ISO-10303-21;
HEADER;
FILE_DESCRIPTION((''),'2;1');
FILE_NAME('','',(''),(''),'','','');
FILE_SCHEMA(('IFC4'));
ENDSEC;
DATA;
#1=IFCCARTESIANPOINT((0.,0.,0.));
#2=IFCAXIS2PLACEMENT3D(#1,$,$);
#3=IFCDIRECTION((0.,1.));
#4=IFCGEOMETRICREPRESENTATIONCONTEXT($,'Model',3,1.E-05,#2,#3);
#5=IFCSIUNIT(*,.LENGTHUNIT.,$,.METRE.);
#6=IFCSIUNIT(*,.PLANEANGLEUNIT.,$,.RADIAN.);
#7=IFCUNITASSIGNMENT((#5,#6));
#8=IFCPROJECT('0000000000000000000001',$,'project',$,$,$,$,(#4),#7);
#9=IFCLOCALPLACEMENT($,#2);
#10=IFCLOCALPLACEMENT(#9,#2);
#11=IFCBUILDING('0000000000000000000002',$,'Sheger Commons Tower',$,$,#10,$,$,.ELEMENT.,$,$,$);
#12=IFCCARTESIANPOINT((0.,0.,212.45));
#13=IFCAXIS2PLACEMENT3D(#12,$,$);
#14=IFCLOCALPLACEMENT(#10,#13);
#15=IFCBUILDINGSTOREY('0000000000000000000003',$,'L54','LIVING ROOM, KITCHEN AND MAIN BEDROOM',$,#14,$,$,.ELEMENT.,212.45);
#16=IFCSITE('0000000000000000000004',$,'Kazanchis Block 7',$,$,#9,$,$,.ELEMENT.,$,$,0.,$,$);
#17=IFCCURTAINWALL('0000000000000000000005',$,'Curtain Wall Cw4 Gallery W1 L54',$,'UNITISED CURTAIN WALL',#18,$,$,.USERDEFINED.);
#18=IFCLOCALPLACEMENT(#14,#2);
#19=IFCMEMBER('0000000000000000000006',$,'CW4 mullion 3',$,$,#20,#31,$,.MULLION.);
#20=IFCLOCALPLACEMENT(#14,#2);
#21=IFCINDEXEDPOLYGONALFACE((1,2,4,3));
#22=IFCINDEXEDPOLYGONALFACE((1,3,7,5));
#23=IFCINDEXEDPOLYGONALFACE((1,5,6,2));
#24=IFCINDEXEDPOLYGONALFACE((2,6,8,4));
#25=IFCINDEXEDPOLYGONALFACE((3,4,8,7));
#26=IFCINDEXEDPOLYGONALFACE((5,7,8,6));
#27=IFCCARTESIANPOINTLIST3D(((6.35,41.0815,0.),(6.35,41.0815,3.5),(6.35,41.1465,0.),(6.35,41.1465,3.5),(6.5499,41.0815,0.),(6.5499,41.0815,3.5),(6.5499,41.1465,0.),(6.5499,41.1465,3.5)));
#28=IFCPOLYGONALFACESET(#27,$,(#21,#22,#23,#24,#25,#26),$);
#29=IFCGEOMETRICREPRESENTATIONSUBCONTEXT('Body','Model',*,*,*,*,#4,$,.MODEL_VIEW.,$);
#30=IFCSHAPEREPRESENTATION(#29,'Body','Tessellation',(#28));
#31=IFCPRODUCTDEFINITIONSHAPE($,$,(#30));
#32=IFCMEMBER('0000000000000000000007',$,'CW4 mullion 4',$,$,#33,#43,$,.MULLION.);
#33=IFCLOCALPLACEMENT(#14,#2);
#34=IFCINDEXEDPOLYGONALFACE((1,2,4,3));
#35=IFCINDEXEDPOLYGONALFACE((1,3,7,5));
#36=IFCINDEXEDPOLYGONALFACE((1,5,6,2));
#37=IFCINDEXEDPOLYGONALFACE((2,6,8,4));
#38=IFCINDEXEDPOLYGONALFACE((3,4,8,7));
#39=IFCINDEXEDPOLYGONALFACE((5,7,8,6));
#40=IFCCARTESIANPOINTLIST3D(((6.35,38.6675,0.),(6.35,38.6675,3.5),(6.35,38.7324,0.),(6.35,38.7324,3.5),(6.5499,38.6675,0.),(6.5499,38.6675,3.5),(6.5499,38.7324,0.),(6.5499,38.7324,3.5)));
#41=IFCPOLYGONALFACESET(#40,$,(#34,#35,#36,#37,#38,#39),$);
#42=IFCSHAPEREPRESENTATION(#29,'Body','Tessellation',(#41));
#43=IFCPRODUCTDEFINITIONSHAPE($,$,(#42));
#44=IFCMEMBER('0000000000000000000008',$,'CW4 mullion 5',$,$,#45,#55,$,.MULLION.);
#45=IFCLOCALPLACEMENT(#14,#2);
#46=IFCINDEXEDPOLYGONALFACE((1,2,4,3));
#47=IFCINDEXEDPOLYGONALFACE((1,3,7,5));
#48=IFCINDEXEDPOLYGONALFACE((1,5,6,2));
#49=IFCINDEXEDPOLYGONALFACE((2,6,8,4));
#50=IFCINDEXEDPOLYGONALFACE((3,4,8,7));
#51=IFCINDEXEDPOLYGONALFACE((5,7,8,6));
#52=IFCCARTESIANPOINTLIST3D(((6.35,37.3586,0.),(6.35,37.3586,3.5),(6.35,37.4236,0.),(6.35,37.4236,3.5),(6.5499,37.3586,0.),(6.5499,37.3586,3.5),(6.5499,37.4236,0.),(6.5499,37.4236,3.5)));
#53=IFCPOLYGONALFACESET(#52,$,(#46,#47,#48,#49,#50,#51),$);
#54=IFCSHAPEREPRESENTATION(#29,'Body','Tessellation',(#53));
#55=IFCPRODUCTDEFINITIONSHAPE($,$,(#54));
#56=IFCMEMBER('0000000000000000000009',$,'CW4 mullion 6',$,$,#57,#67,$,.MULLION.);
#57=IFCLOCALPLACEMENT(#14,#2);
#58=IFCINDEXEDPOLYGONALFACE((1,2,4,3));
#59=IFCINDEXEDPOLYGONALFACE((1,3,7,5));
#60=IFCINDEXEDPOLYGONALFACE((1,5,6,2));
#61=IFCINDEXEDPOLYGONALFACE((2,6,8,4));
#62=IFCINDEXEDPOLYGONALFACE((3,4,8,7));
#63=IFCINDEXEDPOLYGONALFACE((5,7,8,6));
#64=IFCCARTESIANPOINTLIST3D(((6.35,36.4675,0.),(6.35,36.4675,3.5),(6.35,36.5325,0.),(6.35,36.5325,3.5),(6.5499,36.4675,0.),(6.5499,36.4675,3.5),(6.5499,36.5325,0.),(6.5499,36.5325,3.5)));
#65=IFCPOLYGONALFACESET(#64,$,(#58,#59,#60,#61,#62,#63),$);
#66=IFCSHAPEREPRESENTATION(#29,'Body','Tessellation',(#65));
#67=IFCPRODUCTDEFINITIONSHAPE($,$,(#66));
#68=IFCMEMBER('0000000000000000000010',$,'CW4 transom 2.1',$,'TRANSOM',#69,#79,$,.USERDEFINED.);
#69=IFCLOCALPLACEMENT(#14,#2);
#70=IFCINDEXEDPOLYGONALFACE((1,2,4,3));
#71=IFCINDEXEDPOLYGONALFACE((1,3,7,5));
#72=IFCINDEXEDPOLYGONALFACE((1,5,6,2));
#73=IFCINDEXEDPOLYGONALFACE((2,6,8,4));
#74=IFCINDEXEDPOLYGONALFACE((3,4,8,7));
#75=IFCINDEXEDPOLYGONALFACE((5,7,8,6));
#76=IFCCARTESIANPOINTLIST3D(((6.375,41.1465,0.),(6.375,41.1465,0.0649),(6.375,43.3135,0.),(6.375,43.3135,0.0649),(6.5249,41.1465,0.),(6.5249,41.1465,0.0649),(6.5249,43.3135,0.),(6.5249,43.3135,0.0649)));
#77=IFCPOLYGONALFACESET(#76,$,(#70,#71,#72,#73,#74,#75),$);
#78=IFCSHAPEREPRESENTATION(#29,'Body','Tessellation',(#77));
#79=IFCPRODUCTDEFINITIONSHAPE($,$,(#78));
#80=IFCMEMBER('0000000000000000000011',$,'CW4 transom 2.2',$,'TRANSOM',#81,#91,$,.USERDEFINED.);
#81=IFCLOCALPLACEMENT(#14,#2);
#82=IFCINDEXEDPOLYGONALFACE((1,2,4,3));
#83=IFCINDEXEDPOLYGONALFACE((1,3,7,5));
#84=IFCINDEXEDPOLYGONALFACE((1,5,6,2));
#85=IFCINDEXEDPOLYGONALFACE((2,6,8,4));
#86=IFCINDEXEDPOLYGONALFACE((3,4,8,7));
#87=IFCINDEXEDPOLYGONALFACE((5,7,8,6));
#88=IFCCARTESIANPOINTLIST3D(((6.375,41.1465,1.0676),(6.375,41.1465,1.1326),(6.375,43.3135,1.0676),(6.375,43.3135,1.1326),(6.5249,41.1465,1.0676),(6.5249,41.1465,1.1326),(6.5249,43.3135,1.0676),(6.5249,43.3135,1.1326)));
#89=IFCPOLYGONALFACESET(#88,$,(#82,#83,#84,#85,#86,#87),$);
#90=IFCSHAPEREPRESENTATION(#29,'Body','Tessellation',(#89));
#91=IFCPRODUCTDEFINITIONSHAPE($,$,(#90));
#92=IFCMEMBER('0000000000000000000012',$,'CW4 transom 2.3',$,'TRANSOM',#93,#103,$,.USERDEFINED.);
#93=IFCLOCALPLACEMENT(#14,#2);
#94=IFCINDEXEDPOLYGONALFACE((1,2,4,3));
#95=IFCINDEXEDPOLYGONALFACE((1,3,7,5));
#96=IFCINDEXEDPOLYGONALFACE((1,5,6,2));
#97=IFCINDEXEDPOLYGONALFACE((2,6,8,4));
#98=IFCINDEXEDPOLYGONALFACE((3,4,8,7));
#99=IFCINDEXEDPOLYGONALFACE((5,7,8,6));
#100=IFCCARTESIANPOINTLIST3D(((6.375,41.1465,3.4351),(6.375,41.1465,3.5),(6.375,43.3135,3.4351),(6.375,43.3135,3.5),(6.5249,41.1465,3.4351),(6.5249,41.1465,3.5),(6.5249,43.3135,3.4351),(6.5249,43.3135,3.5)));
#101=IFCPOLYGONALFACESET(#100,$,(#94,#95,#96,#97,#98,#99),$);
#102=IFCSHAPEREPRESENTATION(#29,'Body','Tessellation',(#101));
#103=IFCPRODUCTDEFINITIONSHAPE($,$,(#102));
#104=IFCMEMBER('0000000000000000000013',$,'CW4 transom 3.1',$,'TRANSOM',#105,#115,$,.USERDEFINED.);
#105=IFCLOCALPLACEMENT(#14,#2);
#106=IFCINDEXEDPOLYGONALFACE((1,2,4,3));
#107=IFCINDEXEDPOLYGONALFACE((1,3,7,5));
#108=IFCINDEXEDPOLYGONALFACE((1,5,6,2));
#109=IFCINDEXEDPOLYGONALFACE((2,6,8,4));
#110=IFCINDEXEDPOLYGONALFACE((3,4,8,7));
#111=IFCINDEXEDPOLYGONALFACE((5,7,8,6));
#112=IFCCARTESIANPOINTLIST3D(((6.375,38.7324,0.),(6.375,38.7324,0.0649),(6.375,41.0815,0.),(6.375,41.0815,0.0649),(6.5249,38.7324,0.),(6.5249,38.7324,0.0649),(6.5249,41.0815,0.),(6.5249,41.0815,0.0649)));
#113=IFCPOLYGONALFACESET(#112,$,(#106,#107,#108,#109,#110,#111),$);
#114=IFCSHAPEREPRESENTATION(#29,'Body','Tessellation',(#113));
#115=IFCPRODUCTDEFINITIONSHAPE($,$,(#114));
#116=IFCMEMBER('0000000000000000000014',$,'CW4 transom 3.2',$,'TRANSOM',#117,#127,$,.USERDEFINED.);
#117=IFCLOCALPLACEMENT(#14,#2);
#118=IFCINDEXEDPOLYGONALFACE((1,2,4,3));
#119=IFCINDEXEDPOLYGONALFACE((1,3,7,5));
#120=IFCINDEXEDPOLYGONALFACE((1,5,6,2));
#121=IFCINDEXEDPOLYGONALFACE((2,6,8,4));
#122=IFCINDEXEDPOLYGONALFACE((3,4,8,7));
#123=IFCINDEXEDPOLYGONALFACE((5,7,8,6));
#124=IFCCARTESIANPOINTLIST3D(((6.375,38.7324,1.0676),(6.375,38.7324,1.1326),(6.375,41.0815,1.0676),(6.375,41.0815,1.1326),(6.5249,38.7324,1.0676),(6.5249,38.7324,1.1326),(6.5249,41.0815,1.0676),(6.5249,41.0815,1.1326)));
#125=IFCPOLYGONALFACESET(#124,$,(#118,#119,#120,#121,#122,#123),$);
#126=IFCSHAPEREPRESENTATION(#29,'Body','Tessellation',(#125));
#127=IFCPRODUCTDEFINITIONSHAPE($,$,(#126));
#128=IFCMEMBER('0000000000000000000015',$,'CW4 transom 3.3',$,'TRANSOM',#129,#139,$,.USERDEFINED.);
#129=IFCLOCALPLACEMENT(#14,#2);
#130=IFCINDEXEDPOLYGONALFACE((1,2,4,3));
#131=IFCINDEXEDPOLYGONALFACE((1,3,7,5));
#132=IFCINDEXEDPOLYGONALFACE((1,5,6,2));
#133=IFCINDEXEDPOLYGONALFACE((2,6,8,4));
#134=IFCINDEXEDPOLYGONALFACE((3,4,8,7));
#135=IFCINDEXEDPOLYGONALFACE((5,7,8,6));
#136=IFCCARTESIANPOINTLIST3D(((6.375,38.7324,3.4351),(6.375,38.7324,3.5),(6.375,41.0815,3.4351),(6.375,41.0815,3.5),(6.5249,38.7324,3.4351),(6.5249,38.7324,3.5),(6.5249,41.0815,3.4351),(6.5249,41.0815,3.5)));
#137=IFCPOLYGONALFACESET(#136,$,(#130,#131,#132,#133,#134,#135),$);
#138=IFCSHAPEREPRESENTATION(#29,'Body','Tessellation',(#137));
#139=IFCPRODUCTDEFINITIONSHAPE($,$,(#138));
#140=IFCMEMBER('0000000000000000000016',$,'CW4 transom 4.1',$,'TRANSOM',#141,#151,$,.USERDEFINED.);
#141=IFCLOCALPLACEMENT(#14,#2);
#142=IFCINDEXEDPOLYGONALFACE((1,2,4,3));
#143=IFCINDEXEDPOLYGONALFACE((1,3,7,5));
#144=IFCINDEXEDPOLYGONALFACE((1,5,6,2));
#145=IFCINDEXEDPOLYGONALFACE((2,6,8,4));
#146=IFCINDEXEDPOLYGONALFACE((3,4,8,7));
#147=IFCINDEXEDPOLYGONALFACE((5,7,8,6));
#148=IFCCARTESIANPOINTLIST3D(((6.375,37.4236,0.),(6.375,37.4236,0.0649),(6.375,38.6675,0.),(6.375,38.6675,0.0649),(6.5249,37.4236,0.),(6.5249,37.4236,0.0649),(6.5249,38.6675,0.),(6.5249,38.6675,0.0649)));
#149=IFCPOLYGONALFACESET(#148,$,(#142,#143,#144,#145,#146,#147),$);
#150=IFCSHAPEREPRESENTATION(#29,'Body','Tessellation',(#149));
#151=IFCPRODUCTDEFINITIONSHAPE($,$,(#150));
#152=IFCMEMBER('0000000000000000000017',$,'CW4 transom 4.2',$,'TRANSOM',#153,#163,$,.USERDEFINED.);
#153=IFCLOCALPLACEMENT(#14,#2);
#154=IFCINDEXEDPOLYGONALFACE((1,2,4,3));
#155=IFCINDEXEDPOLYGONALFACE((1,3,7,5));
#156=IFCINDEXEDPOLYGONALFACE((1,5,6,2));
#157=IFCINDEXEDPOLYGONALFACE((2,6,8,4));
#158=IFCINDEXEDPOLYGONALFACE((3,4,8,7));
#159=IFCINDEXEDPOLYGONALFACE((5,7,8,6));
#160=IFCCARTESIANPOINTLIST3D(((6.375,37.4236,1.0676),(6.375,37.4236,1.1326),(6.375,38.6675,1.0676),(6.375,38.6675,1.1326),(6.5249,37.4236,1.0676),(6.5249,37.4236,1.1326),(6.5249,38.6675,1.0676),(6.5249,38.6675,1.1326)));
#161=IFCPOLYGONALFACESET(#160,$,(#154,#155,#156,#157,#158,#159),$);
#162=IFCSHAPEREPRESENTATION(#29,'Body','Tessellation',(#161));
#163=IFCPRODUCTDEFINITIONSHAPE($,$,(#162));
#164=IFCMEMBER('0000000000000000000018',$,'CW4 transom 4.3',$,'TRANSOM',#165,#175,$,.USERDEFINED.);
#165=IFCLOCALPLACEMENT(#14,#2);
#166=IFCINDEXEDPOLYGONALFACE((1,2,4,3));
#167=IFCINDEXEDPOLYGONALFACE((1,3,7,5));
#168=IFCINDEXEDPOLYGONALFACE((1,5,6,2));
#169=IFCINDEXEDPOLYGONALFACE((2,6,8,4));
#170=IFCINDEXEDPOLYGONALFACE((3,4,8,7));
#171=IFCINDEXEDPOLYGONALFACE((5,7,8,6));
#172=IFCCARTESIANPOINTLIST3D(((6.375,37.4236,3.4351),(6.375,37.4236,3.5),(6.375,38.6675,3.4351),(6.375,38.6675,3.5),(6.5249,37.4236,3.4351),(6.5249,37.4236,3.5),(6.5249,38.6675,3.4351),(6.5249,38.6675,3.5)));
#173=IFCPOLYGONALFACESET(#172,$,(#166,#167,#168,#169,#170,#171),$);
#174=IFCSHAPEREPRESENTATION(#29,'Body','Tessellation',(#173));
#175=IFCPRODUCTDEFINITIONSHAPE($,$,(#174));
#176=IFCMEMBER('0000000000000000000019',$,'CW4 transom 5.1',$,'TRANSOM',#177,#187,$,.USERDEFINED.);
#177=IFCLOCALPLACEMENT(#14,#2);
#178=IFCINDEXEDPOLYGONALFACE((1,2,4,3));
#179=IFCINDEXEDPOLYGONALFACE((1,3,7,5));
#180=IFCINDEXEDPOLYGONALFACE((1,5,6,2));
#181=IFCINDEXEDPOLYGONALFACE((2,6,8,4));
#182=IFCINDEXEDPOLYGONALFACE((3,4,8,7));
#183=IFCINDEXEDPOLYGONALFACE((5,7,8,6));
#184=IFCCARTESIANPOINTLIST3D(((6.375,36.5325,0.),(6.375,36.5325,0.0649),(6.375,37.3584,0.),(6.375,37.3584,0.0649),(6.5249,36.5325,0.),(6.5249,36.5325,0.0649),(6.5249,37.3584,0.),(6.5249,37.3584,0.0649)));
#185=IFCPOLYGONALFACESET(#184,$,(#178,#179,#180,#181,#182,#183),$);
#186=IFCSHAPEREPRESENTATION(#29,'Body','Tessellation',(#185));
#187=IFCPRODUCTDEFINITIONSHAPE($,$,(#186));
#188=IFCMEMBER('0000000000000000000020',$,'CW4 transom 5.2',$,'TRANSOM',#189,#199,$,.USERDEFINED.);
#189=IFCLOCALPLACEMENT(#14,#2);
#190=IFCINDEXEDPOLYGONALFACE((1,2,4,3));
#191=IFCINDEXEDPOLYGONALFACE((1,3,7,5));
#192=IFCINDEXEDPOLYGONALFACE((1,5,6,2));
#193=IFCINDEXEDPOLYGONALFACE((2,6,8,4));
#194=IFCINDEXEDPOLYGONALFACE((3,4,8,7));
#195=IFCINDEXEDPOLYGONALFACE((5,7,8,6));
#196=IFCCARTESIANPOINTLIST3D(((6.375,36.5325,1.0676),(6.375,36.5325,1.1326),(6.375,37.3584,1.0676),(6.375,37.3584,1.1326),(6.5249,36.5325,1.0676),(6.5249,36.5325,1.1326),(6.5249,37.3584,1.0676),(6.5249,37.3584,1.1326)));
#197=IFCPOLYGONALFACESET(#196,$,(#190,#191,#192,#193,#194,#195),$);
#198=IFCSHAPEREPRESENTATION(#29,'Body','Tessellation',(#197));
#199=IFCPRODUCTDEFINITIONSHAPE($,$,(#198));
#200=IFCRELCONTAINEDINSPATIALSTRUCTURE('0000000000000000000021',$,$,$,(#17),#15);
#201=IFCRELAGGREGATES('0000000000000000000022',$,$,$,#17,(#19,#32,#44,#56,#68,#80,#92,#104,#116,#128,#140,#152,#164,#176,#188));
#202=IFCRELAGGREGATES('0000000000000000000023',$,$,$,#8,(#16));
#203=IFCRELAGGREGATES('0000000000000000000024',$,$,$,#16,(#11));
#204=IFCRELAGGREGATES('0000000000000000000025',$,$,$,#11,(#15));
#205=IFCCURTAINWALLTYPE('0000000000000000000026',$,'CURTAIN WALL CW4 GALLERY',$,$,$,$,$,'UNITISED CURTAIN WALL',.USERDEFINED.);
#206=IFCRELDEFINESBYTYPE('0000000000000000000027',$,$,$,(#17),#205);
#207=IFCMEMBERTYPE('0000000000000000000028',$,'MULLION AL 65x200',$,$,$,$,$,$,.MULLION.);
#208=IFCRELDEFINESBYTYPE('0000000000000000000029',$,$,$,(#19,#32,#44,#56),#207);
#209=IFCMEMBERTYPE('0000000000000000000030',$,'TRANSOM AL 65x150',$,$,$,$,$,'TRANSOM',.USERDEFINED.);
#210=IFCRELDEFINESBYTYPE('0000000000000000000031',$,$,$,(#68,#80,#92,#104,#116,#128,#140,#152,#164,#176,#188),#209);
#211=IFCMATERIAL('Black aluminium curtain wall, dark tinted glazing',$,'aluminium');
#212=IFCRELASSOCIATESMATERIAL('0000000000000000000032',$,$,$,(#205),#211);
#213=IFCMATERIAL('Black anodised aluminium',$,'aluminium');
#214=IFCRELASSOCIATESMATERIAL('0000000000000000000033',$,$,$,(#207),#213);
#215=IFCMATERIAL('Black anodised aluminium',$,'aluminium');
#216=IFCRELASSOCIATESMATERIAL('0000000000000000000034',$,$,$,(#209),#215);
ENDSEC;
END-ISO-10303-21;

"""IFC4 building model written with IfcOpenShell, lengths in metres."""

from ifc_helpers import new_model, si_unit, direction, frame, origin, origin_2d, place, context, subcontext, project, spatial, rectangle, extrude, material, material_profile, profile_set, type_object, element, aggregate, save


model = new_model("IFC4")

# Units and contexts
model_context = context("Model", 3, precision=1e-05, world=origin(), true_north=direction((0.0, 1.0)))
body_context = subcontext(model_context, "Body", "Model", "MODEL_VIEW")
ifc_project = project(units=[si_unit("LENGTHUNIT", "METRE"), si_unit("PLANEANGLEUNIT", "RADIAN")], contexts=[model_context])

# Site, building, storey
site_placement = place(None, origin())
site = spatial("IfcSite", under=ifc_project, at=site_placement, Name="Kazanchis Block 7", CompositionType="ELEMENT", RefElevation=0.0)
building_placement = place(site_placement, origin())
building = spatial("IfcBuilding", under=site, at=building_placement, Name="Sheger Commons Tower", CompositionType="ELEMENT")
storey_placement = place(building_placement, frame((0.0, 0.0, 212.45)))
storey = spatial("IfcBuildingStorey", under=building, at=storey_placement, Name="L54", Description="LIVING ROOM, KITCHEN AND MAIN BEDROOM", CompositionType="ELEMENT", Elevation=212.45)

# Curtain wall, members
ifc_material_1 = material(Name="Black aluminium curtain wall, dark tinted glazing", Category="aluminium")
curtain_wall_type = type_object("IfcCurtainWallType", Name="CURTAIN WALL CW4 GALLERY", ElementType="UNITISED CURTAIN WALL", PredefinedType="USERDEFINED", material=ifc_material_1)
curtain_wall_placement = place(storey_placement, origin())
curtain_wall = element("IfcCurtainWall", 1, at=curtain_wall_placement, inside=storey, type_object=curtain_wall_type, Name="Curtain Wall Cw4 Gallery W1 L54", ObjectType="UNITISED CURTAIN WALL", PredefinedType="USERDEFINED")
ifc_material_2 = material(Name="Black anodised aluminium", Category="aluminium")
ifc_material_profile_1 = material_profile(ifc_material_2, rectangle(XDim=0.2, YDim=0.0649, at=origin_2d()), Name="AL 65x200")
ifc_profile_set_1 = profile_set([ifc_material_profile_1], Name="Black anodised aluminium")
member_type_1 = type_object("IfcMemberType", Name="MULLION AL 65x200", PredefinedType="MULLION", material=ifc_profile_set_1)
member_1_placement = place(storey_placement, frame((6.45, 41.114, 0.0), z_axis=(0.0, 0.0, 1.0), x_axis=(1.0, 0.0, 0.0)))
member_1 = element("IfcMember", 2, at=member_1_placement, type_object=member_type_1, Name="CW4 mullion 3", PredefinedType="MULLION", context=body_context, shape_type="SweptSolid", body=[
    extrude(rectangle(XDim=0.2, YDim=0.0649, at=origin_2d()), origin(), (0.0, 0.0, 1.0), 3.5),
])
member_2_placement = place(storey_placement, frame((6.45, 38.7, 0.0), z_axis=(0.0, 0.0, 1.0), x_axis=(1.0, 0.0, 0.0)))
member_2 = element("IfcMember", 3, at=member_2_placement, type_object=member_type_1, Name="CW4 mullion 4", PredefinedType="MULLION", context=body_context, shape_type="SweptSolid", body=[
    extrude(rectangle(XDim=0.2, YDim=0.0649, at=origin_2d()), origin(), (0.0, 0.0, 1.0), 3.5),
])
member_3_placement = place(storey_placement, frame((6.45, 37.3911, 0.0), z_axis=(0.0, 0.0, 1.0), x_axis=(1.0, 0.0, 0.0)))
member_3 = element("IfcMember", 4, at=member_3_placement, type_object=member_type_1, Name="CW4 mullion 5", PredefinedType="MULLION", context=body_context, shape_type="SweptSolid", body=[
    extrude(rectangle(XDim=0.2, YDim=0.0649, at=origin_2d()), origin(), (0.0, 0.0, 1.0), 3.5),
])
member_4_placement = place(storey_placement, frame((6.45, 36.5, 0.0), z_axis=(0.0, 0.0, 1.0), x_axis=(1.0, 0.0, 0.0)))
member_4 = element("IfcMember", 5, at=member_4_placement, type_object=member_type_1, Name="CW4 mullion 6", PredefinedType="MULLION", context=body_context, shape_type="SweptSolid", body=[
    extrude(rectangle(XDim=0.2, YDim=0.0649, at=origin_2d()), origin(), (0.0, 0.0, 1.0), 3.5),
])
ifc_material_3 = material(Name="Black anodised aluminium", Category="aluminium")
ifc_material_profile_2 = material_profile(ifc_material_3, rectangle(XDim=0.1499, YDim=0.0649, at=origin_2d()), Name="AL 65x150")
ifc_profile_set_2 = profile_set([ifc_material_profile_2], Name="Black anodised aluminium")
member_type_2 = type_object("IfcMemberType", Name="TRANSOM AL 65x150", ElementType="TRANSOM", PredefinedType="USERDEFINED", material=ifc_profile_set_2)
member_5_placement = place(storey_placement, frame((6.45, 43.3135, 0.0325), z_axis=(0.0, -1.0, 0.0), x_axis=(1.0, 0.0, 0.0)))
member_5 = element("IfcMember", 6, at=member_5_placement, type_object=member_type_2, Name="CW4 transom 2.1", ObjectType="TRANSOM", PredefinedType="USERDEFINED", context=body_context, shape_type="SweptSolid", body=[
    extrude(rectangle(XDim=0.1499, YDim=0.0649, at=origin_2d()), origin(), (0.0, 0.0, 1.0), 2.167),
])
member_6_placement = place(storey_placement, frame((6.45, 43.3135, 1.1001), z_axis=(0.0, -1.0, 0.0), x_axis=(1.0, 0.0, 0.0)))
member_6 = element("IfcMember", 7, at=member_6_placement, type_object=member_type_2, Name="CW4 transom 2.2", ObjectType="TRANSOM", PredefinedType="USERDEFINED", context=body_context, shape_type="SweptSolid", body=[
    extrude(rectangle(XDim=0.1499, YDim=0.0649, at=origin_2d()), origin(), (0.0, 0.0, 1.0), 2.167),
])
member_7_placement = place(storey_placement, frame((6.45, 43.3135, 3.4675), z_axis=(0.0, -1.0, 0.0), x_axis=(1.0, 0.0, 0.0)))
member_7 = element("IfcMember", 8, at=member_7_placement, type_object=member_type_2, Name="CW4 transom 2.3", ObjectType="TRANSOM", PredefinedType="USERDEFINED", context=body_context, shape_type="SweptSolid", body=[
    extrude(rectangle(XDim=0.1499, YDim=0.0649, at=origin_2d()), origin(), (0.0, 0.0, 1.0), 2.167),
])
member_8_placement = place(storey_placement, frame((6.45, 41.0815, 0.0325), z_axis=(0.0, -1.0, 0.0), x_axis=(1.0, 0.0, 0.0)))
member_8 = element("IfcMember", 9, at=member_8_placement, type_object=member_type_2, Name="CW4 transom 3.1", ObjectType="TRANSOM", PredefinedType="USERDEFINED", context=body_context, shape_type="SweptSolid", body=[
    extrude(rectangle(XDim=0.1499, YDim=0.0649, at=origin_2d()), origin(), (0.0, 0.0, 1.0), 2.3491),
])
member_9_placement = place(storey_placement, frame((6.45, 41.0815, 1.1001), z_axis=(0.0, -1.0, 0.0), x_axis=(1.0, 0.0, 0.0)))
member_9 = element("IfcMember", 10, at=member_9_placement, type_object=member_type_2, Name="CW4 transom 3.2", ObjectType="TRANSOM", PredefinedType="USERDEFINED", context=body_context, shape_type="SweptSolid", body=[
    extrude(rectangle(XDim=0.1499, YDim=0.0649, at=origin_2d()), origin(), (0.0, 0.0, 1.0), 2.3491),
])
member_10_placement = place(storey_placement, frame((6.45, 41.0815, 3.4675), z_axis=(0.0, -1.0, 0.0), x_axis=(1.0, 0.0, 0.0)))
member_10 = element("IfcMember", 11, at=member_10_placement, type_object=member_type_2, Name="CW4 transom 3.3", ObjectType="TRANSOM", PredefinedType="USERDEFINED", context=body_context, shape_type="SweptSolid", body=[
    extrude(rectangle(XDim=0.1499, YDim=0.0649, at=origin_2d()), origin(), (0.0, 0.0, 1.0), 2.3491),
])
member_11_placement = place(storey_placement, frame((6.45, 38.6675, 0.0325), z_axis=(0.0, -1.0, 0.0), x_axis=(1.0, 0.0, 0.0)))
member_11 = element("IfcMember", 12, at=member_11_placement, type_object=member_type_2, Name="CW4 transom 4.1", ObjectType="TRANSOM", PredefinedType="USERDEFINED", context=body_context, shape_type="SweptSolid", body=[
    extrude(rectangle(XDim=0.1499, YDim=0.0649, at=origin_2d()), origin(), (0.0, 0.0, 1.0), 1.2439),
])
member_12_placement = place(storey_placement, frame((6.45, 38.6675, 1.1001), z_axis=(0.0, -1.0, 0.0), x_axis=(1.0, 0.0, 0.0)))
member_12 = element("IfcMember", 13, at=member_12_placement, type_object=member_type_2, Name="CW4 transom 4.2", ObjectType="TRANSOM", PredefinedType="USERDEFINED", context=body_context, shape_type="SweptSolid", body=[
    extrude(rectangle(XDim=0.1499, YDim=0.0649, at=origin_2d()), origin(), (0.0, 0.0, 1.0), 1.2439),
])
member_13_placement = place(storey_placement, frame((6.45, 38.6675, 3.4675), z_axis=(0.0, -1.0, 0.0), x_axis=(1.0, 0.0, 0.0)))
member_13 = element("IfcMember", 14, at=member_13_placement, type_object=member_type_2, Name="CW4 transom 4.3", ObjectType="TRANSOM", PredefinedType="USERDEFINED", context=body_context, shape_type="SweptSolid", body=[
    extrude(rectangle(XDim=0.1499, YDim=0.0649, at=origin_2d()), origin(), (0.0, 0.0, 1.0), 1.2439),
])
member_14_placement = place(storey_placement, frame((6.45, 37.3584, 0.0325), z_axis=(0.0, -1.0, 0.0), x_axis=(1.0, 0.0, 0.0)))
member_14 = element("IfcMember", 15, at=member_14_placement, type_object=member_type_2, Name="CW4 transom 5.1", ObjectType="TRANSOM", PredefinedType="USERDEFINED", context=body_context, shape_type="SweptSolid", body=[
    extrude(rectangle(XDim=0.1499, YDim=0.0649, at=origin_2d()), origin(), (0.0, 0.0, 1.0), 0.8259),
])
member_15_placement = place(storey_placement, frame((6.45, 37.3584, 1.1001), z_axis=(0.0, -1.0, 0.0), x_axis=(1.0, 0.0, 0.0)))
member_15 = element("IfcMember", 16, at=member_15_placement, type_object=member_type_2, Name="CW4 transom 5.2", ObjectType="TRANSOM", PredefinedType="USERDEFINED", context=body_context, shape_type="SweptSolid", body=[
    extrude(rectangle(XDim=0.1499, YDim=0.0649, at=origin_2d()), origin(), (0.0, 0.0, 1.0), 0.8259),
])
aggregate(curtain_wall, [member_1, member_2, member_3, member_4, member_5, member_6, member_7, member_8, member_9, member_10, member_11, member_12, member_13, member_14, member_15])

save(model, "model.ifc")
